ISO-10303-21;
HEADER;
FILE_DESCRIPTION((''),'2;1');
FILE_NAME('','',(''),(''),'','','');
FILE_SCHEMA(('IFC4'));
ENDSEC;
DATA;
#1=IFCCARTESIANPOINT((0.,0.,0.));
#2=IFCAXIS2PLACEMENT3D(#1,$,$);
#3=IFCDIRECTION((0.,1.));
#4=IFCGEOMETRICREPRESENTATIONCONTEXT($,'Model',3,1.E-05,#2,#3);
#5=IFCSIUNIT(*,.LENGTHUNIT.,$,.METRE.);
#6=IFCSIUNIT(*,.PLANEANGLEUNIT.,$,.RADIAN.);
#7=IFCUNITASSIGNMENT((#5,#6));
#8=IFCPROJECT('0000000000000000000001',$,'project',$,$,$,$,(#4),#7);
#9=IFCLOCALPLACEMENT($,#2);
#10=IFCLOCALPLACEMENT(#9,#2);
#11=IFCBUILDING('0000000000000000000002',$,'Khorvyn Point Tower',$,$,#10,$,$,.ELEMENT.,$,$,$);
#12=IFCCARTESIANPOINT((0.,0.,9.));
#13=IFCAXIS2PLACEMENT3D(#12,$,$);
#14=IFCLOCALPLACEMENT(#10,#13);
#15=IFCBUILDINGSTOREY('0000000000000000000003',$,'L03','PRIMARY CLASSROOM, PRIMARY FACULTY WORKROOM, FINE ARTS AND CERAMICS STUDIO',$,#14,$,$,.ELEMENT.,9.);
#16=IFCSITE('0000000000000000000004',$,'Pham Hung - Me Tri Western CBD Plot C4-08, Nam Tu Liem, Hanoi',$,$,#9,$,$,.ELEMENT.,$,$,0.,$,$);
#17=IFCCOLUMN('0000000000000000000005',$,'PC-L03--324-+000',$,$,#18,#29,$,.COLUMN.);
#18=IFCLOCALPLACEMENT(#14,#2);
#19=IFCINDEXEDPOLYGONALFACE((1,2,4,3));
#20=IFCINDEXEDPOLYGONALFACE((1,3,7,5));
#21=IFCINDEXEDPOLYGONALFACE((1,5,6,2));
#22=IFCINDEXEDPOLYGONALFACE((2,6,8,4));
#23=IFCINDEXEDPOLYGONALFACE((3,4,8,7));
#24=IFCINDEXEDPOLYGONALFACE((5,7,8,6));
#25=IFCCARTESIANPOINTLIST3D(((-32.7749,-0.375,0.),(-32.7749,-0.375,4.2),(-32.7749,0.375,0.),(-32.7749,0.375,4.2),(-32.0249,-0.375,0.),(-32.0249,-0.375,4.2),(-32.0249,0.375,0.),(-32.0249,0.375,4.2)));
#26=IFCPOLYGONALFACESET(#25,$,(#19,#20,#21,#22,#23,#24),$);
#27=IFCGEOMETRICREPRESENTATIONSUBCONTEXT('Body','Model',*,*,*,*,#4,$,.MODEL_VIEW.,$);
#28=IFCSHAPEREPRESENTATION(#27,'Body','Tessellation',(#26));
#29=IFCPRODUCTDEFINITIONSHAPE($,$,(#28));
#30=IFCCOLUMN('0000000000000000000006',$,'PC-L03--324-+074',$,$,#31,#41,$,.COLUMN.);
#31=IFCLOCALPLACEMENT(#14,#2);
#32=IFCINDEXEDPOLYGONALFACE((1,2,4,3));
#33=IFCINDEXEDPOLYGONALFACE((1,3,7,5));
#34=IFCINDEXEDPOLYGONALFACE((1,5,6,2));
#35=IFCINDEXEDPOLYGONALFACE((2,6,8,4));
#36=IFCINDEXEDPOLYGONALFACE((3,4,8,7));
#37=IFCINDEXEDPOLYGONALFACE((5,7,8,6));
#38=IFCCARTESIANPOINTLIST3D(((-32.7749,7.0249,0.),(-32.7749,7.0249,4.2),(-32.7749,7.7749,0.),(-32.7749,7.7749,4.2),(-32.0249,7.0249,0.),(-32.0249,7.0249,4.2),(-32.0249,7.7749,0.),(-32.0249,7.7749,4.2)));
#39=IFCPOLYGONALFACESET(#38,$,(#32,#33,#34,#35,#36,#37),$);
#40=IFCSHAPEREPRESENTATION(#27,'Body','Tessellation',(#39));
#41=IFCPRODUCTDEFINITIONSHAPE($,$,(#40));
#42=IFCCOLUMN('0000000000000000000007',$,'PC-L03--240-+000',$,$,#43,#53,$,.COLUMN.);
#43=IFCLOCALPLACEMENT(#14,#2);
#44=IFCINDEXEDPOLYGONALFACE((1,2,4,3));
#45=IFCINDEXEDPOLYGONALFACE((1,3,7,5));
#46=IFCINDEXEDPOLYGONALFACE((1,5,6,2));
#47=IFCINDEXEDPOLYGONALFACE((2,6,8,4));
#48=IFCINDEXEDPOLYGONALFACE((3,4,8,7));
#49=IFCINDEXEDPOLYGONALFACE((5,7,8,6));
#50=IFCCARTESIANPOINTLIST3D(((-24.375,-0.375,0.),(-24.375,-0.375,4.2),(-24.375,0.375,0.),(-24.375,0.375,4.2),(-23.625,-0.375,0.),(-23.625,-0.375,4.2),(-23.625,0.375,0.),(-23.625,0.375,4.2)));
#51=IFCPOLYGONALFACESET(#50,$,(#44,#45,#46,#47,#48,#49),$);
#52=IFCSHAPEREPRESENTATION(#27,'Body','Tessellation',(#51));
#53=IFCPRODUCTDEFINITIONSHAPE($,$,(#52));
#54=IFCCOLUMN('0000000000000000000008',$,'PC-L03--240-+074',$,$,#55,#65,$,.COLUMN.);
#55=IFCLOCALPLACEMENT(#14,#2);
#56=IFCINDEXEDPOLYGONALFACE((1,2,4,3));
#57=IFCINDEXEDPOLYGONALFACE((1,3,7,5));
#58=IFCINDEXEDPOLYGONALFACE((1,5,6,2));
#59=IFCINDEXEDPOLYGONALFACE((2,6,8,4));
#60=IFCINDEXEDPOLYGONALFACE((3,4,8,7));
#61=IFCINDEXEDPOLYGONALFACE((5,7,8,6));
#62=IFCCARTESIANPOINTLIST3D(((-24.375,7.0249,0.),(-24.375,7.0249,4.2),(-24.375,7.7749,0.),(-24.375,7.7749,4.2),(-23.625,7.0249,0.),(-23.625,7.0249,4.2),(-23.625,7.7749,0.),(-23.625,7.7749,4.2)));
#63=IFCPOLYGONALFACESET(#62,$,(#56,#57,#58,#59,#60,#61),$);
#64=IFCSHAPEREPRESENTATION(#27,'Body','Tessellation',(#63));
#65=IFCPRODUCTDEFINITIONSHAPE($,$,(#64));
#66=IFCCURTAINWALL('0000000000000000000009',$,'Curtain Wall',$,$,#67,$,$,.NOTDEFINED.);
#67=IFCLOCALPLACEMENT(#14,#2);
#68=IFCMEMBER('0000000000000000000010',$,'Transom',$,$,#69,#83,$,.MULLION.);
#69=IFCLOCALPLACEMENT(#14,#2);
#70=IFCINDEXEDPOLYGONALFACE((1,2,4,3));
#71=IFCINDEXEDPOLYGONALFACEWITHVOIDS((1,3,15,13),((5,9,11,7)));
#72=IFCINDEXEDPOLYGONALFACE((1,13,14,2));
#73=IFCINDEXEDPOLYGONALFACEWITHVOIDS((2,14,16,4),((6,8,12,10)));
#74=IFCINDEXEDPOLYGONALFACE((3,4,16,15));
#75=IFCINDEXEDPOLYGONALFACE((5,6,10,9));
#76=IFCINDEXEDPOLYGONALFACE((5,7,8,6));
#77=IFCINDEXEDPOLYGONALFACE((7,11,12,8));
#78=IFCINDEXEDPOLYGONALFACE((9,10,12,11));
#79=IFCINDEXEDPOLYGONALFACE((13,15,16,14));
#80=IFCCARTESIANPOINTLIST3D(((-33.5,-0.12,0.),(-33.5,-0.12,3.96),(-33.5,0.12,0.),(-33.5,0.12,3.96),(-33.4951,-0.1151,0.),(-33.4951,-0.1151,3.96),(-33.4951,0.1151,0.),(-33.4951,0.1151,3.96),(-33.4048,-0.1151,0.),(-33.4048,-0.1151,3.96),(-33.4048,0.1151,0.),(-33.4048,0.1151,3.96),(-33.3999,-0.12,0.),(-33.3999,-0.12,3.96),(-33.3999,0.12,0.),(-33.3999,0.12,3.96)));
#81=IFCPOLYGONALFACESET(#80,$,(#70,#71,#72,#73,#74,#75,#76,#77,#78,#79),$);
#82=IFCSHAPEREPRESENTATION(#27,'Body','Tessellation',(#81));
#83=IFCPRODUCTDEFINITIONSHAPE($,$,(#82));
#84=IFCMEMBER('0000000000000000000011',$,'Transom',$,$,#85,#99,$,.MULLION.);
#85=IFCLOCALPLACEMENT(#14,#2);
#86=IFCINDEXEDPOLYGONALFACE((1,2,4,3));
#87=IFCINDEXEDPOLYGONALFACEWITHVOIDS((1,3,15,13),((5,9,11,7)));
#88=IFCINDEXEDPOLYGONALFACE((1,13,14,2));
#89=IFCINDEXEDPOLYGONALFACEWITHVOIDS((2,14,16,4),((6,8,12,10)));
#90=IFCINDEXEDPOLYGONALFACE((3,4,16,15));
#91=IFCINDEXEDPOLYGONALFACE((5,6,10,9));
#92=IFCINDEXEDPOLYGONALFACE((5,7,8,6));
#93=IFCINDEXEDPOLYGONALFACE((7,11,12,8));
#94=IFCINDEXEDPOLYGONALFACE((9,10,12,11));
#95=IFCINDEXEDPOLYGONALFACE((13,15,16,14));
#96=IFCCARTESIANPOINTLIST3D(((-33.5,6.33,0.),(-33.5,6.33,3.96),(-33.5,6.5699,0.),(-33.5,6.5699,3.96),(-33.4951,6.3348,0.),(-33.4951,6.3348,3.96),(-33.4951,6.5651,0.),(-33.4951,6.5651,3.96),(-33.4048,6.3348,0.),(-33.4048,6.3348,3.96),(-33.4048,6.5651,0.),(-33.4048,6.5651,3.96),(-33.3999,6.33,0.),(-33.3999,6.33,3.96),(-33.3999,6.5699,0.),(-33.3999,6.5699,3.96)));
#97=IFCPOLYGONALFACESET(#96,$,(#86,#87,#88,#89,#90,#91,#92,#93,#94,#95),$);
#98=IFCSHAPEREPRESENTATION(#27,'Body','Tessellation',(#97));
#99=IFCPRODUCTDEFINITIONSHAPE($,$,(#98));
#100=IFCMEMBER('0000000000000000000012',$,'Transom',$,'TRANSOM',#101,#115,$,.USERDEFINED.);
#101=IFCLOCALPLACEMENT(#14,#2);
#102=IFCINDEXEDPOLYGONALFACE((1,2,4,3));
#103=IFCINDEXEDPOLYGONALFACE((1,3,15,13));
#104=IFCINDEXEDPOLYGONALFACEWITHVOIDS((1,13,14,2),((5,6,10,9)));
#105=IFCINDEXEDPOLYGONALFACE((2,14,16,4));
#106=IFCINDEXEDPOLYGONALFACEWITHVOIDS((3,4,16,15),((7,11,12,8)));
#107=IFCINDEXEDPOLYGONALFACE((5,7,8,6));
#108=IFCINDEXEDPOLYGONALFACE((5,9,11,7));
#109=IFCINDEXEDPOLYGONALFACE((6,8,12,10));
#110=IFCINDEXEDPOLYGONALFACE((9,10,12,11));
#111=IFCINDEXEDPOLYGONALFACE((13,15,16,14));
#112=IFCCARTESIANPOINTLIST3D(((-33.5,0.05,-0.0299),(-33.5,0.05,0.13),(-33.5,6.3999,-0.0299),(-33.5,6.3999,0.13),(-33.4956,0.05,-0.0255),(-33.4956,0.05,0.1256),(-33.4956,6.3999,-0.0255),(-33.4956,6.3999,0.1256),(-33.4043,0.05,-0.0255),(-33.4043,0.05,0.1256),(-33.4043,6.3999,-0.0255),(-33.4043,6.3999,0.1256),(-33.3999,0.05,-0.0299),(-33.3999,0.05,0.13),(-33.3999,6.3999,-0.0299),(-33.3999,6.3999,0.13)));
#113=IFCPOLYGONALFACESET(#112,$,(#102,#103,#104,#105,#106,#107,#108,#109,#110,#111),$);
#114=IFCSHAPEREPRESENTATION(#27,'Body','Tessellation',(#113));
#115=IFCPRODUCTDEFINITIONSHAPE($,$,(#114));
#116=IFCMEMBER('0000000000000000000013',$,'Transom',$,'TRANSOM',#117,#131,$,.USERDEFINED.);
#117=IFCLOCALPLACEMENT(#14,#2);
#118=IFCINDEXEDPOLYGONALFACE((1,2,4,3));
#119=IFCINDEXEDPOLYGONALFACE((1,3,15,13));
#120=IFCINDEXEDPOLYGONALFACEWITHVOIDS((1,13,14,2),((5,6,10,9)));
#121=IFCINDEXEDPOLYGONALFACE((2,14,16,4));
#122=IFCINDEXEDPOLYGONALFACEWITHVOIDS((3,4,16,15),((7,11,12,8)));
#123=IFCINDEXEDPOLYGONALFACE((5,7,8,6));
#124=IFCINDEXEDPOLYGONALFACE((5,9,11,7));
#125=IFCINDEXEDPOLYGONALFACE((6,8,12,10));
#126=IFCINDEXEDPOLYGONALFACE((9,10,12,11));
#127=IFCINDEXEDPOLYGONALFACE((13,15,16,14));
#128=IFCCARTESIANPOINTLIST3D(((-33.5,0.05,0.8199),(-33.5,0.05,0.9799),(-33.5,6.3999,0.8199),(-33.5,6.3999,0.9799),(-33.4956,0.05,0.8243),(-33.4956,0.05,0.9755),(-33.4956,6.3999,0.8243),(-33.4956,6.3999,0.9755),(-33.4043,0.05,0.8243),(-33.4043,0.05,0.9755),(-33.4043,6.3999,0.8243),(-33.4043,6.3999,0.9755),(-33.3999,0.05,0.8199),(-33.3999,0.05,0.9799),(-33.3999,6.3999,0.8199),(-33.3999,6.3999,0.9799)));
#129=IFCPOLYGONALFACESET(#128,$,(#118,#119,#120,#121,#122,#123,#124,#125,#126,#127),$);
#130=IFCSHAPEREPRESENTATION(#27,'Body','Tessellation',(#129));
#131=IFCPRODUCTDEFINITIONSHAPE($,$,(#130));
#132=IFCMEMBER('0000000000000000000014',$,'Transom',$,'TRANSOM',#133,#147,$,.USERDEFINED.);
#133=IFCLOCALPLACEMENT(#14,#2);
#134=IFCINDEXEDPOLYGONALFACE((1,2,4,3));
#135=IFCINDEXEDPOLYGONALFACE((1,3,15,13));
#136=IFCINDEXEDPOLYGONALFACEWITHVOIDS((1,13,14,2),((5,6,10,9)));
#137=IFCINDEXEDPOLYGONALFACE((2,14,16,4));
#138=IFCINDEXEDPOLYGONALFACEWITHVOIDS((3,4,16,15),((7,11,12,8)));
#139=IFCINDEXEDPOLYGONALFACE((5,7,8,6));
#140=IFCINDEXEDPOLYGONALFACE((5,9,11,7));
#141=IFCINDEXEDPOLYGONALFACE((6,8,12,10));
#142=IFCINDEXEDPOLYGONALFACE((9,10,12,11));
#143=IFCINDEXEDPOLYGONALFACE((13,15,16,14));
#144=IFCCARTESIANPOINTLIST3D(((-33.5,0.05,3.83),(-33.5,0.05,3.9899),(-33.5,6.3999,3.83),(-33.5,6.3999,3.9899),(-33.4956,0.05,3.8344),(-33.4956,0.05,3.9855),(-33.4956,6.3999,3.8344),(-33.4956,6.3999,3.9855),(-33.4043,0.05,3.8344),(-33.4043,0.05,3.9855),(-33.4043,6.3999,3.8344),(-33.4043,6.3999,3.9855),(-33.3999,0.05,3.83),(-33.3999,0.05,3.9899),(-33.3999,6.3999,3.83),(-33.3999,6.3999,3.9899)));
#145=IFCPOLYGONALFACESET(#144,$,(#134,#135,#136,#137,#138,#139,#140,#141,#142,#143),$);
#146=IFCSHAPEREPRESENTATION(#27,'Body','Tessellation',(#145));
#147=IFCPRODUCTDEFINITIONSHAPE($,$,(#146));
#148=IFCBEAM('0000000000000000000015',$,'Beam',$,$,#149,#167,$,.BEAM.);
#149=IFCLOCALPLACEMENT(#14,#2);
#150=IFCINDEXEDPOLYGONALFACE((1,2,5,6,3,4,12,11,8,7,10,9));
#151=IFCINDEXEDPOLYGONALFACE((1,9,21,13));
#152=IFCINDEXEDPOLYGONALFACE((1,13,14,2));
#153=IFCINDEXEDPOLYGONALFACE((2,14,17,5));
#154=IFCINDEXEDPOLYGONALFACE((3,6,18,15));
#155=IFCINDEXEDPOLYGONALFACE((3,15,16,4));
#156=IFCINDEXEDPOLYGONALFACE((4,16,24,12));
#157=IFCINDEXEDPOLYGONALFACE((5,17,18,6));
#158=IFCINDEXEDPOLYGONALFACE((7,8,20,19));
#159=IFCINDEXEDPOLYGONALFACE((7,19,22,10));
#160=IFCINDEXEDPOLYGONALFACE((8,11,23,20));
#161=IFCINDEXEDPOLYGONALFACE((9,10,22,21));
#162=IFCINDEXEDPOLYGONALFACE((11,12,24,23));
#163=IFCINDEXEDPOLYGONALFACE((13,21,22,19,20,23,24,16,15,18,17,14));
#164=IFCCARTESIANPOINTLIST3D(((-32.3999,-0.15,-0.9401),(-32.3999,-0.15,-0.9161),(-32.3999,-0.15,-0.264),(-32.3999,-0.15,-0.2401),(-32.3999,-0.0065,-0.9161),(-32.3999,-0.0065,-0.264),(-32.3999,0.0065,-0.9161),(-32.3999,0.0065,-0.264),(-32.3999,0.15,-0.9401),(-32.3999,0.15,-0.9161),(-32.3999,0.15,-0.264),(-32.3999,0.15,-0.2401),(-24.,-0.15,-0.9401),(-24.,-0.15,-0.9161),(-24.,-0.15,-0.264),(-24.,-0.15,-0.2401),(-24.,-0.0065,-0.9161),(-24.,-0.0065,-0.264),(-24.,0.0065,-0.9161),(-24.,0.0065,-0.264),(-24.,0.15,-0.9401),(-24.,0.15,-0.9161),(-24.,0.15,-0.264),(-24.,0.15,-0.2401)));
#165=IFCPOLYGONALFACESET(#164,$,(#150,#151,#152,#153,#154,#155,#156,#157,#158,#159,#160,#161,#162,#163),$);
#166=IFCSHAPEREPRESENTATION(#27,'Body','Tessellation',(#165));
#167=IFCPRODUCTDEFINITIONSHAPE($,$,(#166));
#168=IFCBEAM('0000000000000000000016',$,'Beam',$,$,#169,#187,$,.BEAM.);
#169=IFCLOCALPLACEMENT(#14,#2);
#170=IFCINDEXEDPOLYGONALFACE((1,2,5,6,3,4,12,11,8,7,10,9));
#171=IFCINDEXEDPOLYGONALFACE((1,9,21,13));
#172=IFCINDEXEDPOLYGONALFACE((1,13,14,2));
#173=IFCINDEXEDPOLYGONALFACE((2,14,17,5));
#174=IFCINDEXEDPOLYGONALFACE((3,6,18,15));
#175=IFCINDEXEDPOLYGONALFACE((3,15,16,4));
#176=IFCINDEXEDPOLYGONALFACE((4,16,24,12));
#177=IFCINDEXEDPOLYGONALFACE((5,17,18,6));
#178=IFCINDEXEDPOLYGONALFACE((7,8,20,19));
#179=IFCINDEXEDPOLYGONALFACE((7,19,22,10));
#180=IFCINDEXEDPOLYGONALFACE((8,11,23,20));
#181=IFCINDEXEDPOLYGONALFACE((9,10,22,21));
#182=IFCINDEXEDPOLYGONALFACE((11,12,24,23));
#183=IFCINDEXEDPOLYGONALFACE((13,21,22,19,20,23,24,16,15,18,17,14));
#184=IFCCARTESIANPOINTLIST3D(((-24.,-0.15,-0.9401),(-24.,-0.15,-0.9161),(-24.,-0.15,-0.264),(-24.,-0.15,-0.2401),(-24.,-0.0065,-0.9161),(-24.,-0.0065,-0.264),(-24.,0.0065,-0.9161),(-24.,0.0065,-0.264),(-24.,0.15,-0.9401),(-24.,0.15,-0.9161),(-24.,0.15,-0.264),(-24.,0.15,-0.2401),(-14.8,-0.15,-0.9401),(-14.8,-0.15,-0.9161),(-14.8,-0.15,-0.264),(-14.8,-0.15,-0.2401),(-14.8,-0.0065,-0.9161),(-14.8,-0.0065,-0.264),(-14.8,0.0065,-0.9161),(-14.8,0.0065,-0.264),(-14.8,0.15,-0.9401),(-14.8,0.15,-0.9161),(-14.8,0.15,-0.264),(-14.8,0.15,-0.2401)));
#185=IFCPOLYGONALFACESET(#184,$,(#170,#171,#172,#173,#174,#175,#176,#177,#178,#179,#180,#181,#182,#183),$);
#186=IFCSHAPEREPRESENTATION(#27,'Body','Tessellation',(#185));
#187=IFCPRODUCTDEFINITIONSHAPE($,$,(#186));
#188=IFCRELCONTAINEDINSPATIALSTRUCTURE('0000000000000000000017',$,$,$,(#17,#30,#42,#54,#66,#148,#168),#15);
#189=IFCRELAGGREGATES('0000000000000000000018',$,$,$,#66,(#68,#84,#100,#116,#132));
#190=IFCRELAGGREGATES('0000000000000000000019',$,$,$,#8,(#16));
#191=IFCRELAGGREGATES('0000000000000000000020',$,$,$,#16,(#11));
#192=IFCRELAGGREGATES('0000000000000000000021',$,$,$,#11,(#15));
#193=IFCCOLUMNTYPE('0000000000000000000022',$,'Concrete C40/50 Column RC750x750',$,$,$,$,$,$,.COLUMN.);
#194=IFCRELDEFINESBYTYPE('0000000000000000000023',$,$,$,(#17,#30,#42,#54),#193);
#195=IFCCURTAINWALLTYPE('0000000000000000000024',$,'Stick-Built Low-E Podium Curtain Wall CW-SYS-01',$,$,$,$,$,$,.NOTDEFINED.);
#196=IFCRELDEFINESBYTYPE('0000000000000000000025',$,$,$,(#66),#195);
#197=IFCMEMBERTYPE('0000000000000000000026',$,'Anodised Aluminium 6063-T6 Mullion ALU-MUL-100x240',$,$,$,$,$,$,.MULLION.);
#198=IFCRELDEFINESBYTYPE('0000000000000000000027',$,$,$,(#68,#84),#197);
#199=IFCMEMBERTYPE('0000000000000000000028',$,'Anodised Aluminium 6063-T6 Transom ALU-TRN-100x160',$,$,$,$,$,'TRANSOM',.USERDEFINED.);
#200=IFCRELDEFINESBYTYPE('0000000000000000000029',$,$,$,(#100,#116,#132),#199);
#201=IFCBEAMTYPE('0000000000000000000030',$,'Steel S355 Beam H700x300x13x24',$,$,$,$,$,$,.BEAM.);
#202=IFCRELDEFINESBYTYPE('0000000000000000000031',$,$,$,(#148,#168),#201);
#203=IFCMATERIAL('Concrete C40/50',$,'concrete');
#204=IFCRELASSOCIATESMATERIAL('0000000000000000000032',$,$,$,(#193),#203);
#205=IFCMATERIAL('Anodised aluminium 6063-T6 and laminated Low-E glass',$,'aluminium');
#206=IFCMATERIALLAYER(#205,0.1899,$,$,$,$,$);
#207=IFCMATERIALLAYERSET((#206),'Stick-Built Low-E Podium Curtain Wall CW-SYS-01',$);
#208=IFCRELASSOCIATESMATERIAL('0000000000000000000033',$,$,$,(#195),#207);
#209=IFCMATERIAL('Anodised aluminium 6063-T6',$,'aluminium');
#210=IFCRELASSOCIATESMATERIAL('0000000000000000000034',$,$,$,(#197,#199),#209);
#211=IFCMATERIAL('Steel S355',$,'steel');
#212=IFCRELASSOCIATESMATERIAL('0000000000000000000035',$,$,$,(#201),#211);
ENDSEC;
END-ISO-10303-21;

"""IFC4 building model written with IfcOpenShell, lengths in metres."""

from ifc_helpers import new_model, si_unit, direction, frame, origin, origin_2d, place, context, subcontext, project, spatial, rectangle, hollow_rectangle, i_section, extrude, material, layer, layer_set, material_profile, profile_set, type_object, element, aggregate, save


model = new_model("IFC4")

# Units and contexts
model_context = context("Model", 3, precision=1e-05, world=origin(), true_north=direction((0.0, 1.0)))
body_context = subcontext(model_context, "Body", "Model", "MODEL_VIEW")
ifc_project = project(units=[si_unit("LENGTHUNIT", "METRE"), si_unit("PLANEANGLEUNIT", "RADIAN")], contexts=[model_context])

# Site, building, storey
site_placement = place(None, origin())
site = spatial("IfcSite", under=ifc_project, at=site_placement, Name="Pham Hung - Me Tri Western CBD Plot C4-08, Nam Tu Liem, Hanoi", CompositionType="ELEMENT", RefElevation=0.0)
building_placement = place(site_placement, origin())
building = spatial("IfcBuilding", under=site, at=building_placement, Name="Khorvyn Point Tower", CompositionType="ELEMENT")
storey_placement = place(building_placement, frame((0.0, 0.0, 9.0)))
storey = spatial("IfcBuildingStorey", under=building, at=storey_placement, Name="L03", Description="PRIMARY CLASSROOM, PRIMARY FACULTY WORKROOM, FINE ARTS AND CERAMICS STUDIO", CompositionType="ELEMENT", Elevation=9.0)

# Columns
ifc_material_1 = material(Name="Concrete C40/50", Category="concrete")
ifc_material_profile_1 = material_profile(ifc_material_1, rectangle(XDim=0.75, YDim=0.75, at=origin_2d()))
ifc_profile_set_1 = profile_set([ifc_material_profile_1], Name="Concrete C40/50 RC750x750")
column_type = type_object("IfcColumnType", Name="Concrete C40/50 Column RC750x750", PredefinedType="COLUMN", material=ifc_profile_set_1)
for number, where, z_axis, x_axis, name in (
    (1, (-32.3999, 0.0, 0.0), (0.0, 0.0, 1.0), (1.0, 0.0, 0.0), "PC-L03--324-+000"),
    (2, (-32.3999, 7.3999, 0.0), (0.0, 0.0, 1.0), (1.0, 0.0, 0.0), "PC-L03--324-+074"),
    (3, (-24.0, 0.0, 0.0), (0.0, 0.0, 1.0), (1.0, 0.0, 0.0), "PC-L03--240-+000"),
    (4, (-24.0, 7.3999, 0.0), (0.0, 0.0, 1.0), (1.0, 0.0, 0.0), "PC-L03--240-+074"),
):
    element("IfcColumn", number, at=place(storey_placement, frame(where, z_axis=z_axis, x_axis=x_axis)), inside=storey, type_object=column_type, Name=name, PredefinedType="COLUMN", context=body_context, shape_type="SweptSolid", body=[
        extrude(rectangle(XDim=0.75, YDim=0.75, at=origin_2d()), origin(), (0.0, 0.0, 1.0), 4.2),
    ])

# Curtain wall, members
ifc_material_2 = material(Name="Anodised aluminium 6063-T6 and laminated Low-E glass", Category="aluminium")
ifc_layer_1 = layer(ifc_material_2, 0.1899)
ifc_layer_set_1 = layer_set([ifc_layer_1], Name="Stick-Built Low-E Podium Curtain Wall CW-SYS-01")
curtain_wall_type = type_object("IfcCurtainWallType", Name="Stick-Built Low-E Podium Curtain Wall CW-SYS-01", PredefinedType="NOTDEFINED", material=ifc_layer_set_1)
curtain_wall_placement = place(storey_placement, origin())
curtain_wall = element("IfcCurtainWall", 5, at=curtain_wall_placement, inside=storey, type_object=curtain_wall_type, Name="Curtain Wall", PredefinedType="NOTDEFINED")
ifc_material_3 = material(Name="Anodised aluminium 6063-T6", Category="aluminium")
ifc_material_profile_2 = material_profile(ifc_material_3, hollow_rectangle(XDim=0.1001, YDim=0.24, WallThickness=0.0049, at=origin_2d()))
ifc_profile_set_2 = profile_set([ifc_material_profile_2], Name="Anodised aluminium 6063-T6 ALU-MUL-100x240")
member_type_1 = type_object("IfcMemberType", Name="Anodised Aluminium 6063-T6 Mullion ALU-MUL-100x240", PredefinedType="MULLION", material=ifc_profile_set_2)
member_1_placement = place(storey_placement, frame((-33.45, 0.0, 0.0), z_axis=(0.0, 0.0, 1.0), x_axis=(-1.0, 0.0, 0.0)))
member_1 = element("IfcMember", 6, at=member_1_placement, type_object=member_type_1, Name="Transom", PredefinedType="MULLION", context=body_context, shape_type="SweptSolid", body=[
    extrude(hollow_rectangle(XDim=0.1001, YDim=0.24, WallThickness=0.0049, at=origin_2d()), origin(), (0.0, 0.0, 1.0), 3.96),
])
member_2_placement = place(storey_placement, frame((-33.45, 6.45, 0.0), z_axis=(0.0, 0.0, 1.0), x_axis=(-1.0, 0.0, 0.0)))
member_2 = element("IfcMember", 7, at=member_2_placement, type_object=member_type_1, Name="Transom", PredefinedType="MULLION", context=body_context, shape_type="SweptSolid", body=[
    extrude(hollow_rectangle(XDim=0.1001, YDim=0.24, WallThickness=0.0049, at=origin_2d()), origin(), (0.0, 0.0, 1.0), 3.96),
])
ifc_material_profile_3 = material_profile(ifc_material_3, hollow_rectangle(XDim=0.1001, YDim=0.1599, WallThickness=0.0044, at=origin_2d()))
ifc_profile_set_3 = profile_set([ifc_material_profile_3], Name="Anodised aluminium 6063-T6 ALU-TRN-100x160")
member_type_2 = type_object("IfcMemberType", Name="Anodised Aluminium 6063-T6 Transom ALU-TRN-100x160", ElementType="TRANSOM", PredefinedType="USERDEFINED", material=ifc_profile_set_3)
member_3_placement = place(storey_placement, frame((-33.45, 0.05, 0.05), z_axis=(0.0, 1.0, 0.0), x_axis=(-1.0, 0.0, 0.0)))
member_3 = element("IfcMember", 8, at=member_3_placement, type_object=member_type_2, Name="Transom", ObjectType="TRANSOM", PredefinedType="USERDEFINED", context=body_context, shape_type="SweptSolid", body=[
    extrude(hollow_rectangle(XDim=0.1001, YDim=0.1599, WallThickness=0.0044, at=origin_2d()), origin(), (0.0, 0.0, 1.0), 6.3499),
])
member_4_placement = place(storey_placement, frame((-33.45, 0.05, 0.8999), z_axis=(0.0, 1.0, 0.0), x_axis=(-1.0, 0.0, 0.0)))
member_4 = element("IfcMember", 9, at=member_4_placement, type_object=member_type_2, Name="Transom", ObjectType="TRANSOM", PredefinedType="USERDEFINED", context=body_context, shape_type="SweptSolid", body=[
    extrude(hollow_rectangle(XDim=0.1001, YDim=0.1599, WallThickness=0.0044, at=origin_2d()), origin(), (0.0, 0.0, 1.0), 6.3499),
])
member_5_placement = place(storey_placement, frame((-33.45, 0.05, 3.9099), z_axis=(0.0, 1.0, 0.0), x_axis=(-1.0, 0.0, 0.0)))
member_5 = element("IfcMember", 10, at=member_5_placement, type_object=member_type_2, Name="Transom", ObjectType="TRANSOM", PredefinedType="USERDEFINED", context=body_context, shape_type="SweptSolid", body=[
    extrude(hollow_rectangle(XDim=0.1001, YDim=0.1599, WallThickness=0.0044, at=origin_2d()), origin(), (0.0, 0.0, 1.0), 6.3499),
])

# Beams
ifc_material_4 = material(Name="Steel S355", Category="steel")
ifc_material_profile_4 = material_profile(ifc_material_4, i_section(OverallWidth=0.3, OverallDepth=0.7, WebThickness=0.0129, FlangeThickness=0.0239, at=origin_2d()))
ifc_profile_set_4 = profile_set([ifc_material_profile_4], Name="Steel S355 H700x300x13x24")
beam_type_1 = type_object("IfcBeamType", Name="Steel S355 Beam H700x300x13x24", PredefinedType="BEAM", material=ifc_profile_set_4)
beam_1_placement = place(storey_placement, frame((-32.3999, 0.0, -0.5901), z_axis=(1.0, 0.0, 0.0), x_axis=(0.0, 1.0, 0.0)))
element("IfcBeam", 11, at=beam_1_placement, inside=storey, type_object=beam_type_1, Name="Beam", PredefinedType="BEAM", context=body_context, shape_type="SweptSolid", body=[
    extrude(i_section(OverallWidth=0.3, OverallDepth=0.7, WebThickness=0.0129, FlangeThickness=0.0239, at=origin_2d()), origin(), (0.0, 0.0, 1.0), 8.3999),
])
beam_2_placement = place(storey_placement, frame((-24.0, 0.0, -0.5901), z_axis=(1.0, 0.0, 0.0), x_axis=(0.0, 1.0, 0.0)))
element("IfcBeam", 12, at=beam_2_placement, inside=storey, type_object=beam_type_1, Name="Beam", PredefinedType="BEAM", context=body_context, shape_type="SweptSolid", body=[
    extrude(i_section(OverallWidth=0.3, OverallDepth=0.7, WebThickness=0.0129, FlangeThickness=0.0239, at=origin_2d()), origin(), (0.0, 0.0, 1.0), 9.2),
])

aggregate(curtain_wall, [member_1, member_2, member_3, member_4, member_5])

save(model, "model.ifc")
